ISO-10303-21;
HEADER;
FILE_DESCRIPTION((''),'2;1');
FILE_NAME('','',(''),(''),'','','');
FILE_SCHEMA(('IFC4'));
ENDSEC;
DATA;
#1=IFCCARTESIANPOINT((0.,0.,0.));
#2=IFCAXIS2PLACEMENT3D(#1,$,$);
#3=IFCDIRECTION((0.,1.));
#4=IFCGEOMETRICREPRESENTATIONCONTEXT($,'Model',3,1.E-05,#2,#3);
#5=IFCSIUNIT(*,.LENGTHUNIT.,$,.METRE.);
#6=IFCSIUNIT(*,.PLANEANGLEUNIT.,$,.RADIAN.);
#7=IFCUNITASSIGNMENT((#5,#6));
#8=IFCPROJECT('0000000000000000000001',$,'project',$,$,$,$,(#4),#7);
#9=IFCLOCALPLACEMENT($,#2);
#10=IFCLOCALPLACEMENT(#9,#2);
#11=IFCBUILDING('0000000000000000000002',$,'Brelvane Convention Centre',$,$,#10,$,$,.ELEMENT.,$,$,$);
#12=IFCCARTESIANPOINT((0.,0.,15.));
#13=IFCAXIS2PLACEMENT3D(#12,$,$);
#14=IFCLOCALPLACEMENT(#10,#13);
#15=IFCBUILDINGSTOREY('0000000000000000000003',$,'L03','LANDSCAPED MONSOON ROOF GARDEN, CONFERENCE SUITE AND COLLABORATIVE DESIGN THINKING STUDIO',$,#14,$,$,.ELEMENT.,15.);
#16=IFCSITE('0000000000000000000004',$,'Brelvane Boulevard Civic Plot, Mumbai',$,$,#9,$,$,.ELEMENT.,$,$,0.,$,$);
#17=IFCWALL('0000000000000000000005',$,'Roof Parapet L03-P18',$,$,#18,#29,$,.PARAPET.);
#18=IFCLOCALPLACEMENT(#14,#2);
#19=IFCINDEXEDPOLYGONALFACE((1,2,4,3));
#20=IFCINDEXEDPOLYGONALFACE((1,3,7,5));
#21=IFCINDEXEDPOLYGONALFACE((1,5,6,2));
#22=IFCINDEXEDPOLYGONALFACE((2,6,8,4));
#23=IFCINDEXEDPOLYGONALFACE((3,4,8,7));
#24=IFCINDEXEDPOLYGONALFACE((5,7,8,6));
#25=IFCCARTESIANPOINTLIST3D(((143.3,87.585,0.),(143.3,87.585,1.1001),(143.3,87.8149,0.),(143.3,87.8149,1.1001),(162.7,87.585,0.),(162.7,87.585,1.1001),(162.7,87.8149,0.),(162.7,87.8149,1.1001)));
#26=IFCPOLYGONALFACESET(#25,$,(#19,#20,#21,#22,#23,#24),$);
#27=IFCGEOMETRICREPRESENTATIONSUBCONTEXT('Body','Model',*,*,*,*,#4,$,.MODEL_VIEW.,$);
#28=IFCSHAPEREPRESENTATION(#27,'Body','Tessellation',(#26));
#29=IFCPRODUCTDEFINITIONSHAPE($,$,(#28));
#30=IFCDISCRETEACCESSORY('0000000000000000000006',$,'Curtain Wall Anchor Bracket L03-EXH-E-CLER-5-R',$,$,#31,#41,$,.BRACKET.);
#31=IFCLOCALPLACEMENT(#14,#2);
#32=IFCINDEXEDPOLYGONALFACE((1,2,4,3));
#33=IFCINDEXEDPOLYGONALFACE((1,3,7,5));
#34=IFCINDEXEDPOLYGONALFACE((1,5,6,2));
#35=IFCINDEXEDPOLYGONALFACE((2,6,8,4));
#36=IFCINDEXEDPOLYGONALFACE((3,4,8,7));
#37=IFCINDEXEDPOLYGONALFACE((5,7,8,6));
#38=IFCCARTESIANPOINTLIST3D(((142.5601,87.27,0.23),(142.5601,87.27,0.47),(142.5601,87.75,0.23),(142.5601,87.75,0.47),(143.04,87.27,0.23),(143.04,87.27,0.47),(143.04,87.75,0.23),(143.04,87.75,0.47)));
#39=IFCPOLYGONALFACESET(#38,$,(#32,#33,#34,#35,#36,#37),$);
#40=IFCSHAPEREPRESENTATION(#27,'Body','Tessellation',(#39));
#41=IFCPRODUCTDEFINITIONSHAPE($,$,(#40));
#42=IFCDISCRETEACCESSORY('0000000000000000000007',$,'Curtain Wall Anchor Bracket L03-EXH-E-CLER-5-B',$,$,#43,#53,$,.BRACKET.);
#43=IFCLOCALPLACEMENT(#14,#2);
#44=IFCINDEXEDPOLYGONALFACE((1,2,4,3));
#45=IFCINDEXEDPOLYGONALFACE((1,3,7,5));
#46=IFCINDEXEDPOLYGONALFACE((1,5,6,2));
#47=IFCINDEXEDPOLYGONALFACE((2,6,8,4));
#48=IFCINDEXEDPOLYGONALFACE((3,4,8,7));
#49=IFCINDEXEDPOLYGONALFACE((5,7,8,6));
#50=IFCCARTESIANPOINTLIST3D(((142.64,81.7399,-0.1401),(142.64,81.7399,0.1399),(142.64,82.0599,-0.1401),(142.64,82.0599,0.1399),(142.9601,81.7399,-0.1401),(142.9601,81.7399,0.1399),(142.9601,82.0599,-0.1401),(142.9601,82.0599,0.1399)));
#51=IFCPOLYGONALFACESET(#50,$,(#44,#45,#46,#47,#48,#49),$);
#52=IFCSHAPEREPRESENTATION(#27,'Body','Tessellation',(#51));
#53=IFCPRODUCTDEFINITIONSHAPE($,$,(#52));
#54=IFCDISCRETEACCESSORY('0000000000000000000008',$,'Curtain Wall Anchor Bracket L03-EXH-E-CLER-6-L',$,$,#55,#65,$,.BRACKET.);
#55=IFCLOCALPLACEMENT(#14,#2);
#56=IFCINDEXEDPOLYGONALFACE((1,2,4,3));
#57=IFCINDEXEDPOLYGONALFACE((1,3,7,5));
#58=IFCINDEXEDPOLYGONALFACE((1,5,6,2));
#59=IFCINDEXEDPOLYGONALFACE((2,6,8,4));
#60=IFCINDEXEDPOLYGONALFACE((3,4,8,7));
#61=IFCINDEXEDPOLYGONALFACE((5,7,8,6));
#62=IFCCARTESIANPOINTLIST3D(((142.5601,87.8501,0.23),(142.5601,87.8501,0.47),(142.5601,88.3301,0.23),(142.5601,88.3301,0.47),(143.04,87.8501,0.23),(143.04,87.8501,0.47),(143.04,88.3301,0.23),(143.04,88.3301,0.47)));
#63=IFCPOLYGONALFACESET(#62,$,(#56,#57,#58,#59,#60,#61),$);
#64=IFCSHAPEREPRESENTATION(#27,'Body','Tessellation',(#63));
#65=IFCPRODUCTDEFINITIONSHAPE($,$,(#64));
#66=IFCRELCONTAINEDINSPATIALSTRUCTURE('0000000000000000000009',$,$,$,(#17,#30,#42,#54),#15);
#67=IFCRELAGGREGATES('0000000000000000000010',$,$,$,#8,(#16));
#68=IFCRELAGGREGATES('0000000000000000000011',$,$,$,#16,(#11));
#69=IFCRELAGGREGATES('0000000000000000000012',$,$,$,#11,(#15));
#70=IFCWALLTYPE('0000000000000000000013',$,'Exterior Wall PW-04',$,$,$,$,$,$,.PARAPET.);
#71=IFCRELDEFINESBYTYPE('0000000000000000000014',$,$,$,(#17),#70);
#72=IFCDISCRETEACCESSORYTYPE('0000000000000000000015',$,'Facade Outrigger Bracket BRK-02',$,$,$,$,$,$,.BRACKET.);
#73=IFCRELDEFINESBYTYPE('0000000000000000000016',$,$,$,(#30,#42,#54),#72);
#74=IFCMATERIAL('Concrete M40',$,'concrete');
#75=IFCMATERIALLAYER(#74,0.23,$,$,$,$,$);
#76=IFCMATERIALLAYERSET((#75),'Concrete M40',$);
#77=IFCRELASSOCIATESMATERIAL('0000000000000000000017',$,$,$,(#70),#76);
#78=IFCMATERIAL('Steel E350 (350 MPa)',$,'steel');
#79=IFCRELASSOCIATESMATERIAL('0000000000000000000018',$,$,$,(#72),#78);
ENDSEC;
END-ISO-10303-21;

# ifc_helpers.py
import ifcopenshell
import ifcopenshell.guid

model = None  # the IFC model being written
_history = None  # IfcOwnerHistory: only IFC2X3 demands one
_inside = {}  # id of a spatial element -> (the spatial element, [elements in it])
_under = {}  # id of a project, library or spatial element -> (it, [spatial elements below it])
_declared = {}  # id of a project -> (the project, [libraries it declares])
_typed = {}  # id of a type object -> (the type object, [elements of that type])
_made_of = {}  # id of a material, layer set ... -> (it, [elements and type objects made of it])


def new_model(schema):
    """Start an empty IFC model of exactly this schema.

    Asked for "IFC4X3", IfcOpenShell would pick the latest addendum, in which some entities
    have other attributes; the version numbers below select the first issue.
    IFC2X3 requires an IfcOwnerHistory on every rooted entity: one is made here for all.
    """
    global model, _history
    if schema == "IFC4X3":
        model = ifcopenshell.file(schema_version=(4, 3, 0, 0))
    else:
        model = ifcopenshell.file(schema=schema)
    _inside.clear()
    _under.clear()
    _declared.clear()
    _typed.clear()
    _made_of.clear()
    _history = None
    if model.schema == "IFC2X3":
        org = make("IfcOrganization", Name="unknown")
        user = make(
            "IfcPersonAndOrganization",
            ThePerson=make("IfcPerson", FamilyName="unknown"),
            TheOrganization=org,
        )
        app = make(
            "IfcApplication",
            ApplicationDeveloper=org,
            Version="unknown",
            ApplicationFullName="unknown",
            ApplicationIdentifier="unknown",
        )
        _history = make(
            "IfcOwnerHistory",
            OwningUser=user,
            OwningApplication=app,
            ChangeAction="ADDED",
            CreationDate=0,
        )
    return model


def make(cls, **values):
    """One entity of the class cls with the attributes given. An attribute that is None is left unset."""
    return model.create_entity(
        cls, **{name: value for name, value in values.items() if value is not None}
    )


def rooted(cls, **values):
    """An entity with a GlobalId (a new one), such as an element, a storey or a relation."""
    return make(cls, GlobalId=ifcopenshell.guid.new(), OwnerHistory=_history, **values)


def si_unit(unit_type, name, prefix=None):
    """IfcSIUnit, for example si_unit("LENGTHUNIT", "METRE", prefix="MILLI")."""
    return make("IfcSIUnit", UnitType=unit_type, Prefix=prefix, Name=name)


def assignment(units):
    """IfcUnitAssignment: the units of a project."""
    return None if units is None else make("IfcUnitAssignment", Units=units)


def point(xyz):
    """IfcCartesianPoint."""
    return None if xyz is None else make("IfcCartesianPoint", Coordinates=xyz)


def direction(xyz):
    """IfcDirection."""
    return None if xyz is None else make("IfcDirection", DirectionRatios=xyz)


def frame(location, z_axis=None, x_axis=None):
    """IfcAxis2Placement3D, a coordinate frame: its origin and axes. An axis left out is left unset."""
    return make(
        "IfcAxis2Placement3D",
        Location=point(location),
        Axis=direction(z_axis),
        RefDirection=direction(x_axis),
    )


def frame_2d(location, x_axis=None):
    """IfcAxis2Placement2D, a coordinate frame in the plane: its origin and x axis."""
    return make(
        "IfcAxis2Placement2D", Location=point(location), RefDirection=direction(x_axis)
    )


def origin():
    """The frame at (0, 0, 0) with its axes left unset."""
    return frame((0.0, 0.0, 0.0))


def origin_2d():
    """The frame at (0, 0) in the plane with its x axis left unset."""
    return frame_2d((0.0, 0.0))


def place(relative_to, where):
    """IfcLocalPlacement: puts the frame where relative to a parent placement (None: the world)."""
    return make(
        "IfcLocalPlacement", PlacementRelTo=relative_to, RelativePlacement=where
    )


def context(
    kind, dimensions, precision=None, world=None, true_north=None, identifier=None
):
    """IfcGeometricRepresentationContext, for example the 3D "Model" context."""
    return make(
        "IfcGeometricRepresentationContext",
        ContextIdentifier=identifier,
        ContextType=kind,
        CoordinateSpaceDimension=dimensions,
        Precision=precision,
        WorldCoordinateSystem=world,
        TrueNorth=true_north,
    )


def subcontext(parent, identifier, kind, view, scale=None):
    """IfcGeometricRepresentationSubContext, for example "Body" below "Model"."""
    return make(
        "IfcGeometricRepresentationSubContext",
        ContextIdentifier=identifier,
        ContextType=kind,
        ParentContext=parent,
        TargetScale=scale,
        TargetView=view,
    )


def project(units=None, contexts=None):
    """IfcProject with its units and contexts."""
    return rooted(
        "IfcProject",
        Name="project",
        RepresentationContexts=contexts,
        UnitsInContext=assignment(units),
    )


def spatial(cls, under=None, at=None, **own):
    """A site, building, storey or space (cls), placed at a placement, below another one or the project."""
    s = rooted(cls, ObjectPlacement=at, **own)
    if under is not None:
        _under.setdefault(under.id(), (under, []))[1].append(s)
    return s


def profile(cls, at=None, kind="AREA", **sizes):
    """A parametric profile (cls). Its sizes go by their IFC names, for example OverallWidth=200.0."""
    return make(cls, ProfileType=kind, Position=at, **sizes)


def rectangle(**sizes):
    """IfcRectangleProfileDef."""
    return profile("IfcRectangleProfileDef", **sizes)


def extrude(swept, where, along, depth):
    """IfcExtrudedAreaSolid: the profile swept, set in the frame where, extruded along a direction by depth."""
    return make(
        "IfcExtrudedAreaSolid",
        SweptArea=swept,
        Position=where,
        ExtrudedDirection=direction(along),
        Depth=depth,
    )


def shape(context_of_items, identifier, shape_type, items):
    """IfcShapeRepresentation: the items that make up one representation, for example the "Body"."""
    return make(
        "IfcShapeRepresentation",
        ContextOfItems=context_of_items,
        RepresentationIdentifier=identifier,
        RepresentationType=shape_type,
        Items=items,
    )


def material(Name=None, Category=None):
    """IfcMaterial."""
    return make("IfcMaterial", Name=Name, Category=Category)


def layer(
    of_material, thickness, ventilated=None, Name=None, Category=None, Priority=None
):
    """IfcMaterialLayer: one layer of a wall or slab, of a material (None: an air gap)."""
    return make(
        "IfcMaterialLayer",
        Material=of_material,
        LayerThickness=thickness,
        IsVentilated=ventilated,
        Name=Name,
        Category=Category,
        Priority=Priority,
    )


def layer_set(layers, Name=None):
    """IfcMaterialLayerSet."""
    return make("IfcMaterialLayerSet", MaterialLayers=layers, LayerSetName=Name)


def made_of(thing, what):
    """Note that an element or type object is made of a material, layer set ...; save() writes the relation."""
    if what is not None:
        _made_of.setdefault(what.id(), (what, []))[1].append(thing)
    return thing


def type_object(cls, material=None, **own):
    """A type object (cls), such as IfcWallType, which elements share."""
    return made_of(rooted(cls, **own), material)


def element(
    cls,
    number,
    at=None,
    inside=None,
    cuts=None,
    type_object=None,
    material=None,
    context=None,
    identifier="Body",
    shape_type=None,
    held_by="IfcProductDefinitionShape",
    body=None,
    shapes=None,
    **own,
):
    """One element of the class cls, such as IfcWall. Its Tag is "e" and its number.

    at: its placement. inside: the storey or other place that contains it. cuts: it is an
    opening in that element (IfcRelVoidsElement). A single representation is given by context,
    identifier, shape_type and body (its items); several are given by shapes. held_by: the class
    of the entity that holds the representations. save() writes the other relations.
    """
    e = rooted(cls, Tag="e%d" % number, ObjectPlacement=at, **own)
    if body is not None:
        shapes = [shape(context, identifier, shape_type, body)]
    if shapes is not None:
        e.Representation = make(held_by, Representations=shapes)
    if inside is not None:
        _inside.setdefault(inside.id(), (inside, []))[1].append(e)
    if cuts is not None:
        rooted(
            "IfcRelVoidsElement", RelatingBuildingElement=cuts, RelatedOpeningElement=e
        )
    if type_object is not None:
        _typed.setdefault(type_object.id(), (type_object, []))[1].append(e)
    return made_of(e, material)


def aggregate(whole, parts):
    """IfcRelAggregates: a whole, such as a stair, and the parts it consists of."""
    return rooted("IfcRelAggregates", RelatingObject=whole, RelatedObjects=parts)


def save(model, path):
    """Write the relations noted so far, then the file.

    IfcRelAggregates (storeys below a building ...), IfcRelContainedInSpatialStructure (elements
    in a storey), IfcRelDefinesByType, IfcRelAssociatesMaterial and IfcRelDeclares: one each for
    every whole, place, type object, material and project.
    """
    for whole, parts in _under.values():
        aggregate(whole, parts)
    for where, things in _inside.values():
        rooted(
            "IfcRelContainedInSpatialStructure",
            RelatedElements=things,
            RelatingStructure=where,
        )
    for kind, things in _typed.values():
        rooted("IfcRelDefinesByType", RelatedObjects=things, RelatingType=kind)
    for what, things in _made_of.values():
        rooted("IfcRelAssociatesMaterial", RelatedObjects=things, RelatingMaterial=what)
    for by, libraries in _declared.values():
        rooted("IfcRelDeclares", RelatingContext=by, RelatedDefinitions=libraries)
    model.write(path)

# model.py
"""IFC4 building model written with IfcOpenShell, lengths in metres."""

from ifc_helpers import new_model, si_unit, direction, frame, frame_2d, origin, origin_2d, place, context, subcontext, project, spatial, rectangle, extrude, material, layer, layer_set, type_object, element, save


model = new_model("IFC4")

# Units and contexts
model_context = context("Model", 3, precision=1e-05, world=origin(), true_north=direction((0.0, 1.0)))
body_context = subcontext(model_context, "Body", "Model", "MODEL_VIEW")
ifc_project = project(units=[si_unit("LENGTHUNIT", "METRE"), si_unit("PLANEANGLEUNIT", "RADIAN")], contexts=[model_context])

# Site, building, storey
site_placement = place(None, origin())
site = spatial("IfcSite", under=ifc_project, at=site_placement, Name="Brelvane Boulevard Civic Plot, Mumbai", CompositionType="ELEMENT", RefElevation=0.0)
building_placement = place(site_placement, origin())
building = spatial("IfcBuilding", under=site, at=building_placement, Name="Brelvane Convention Centre", CompositionType="ELEMENT")
storey_placement = place(building_placement, frame((0.0, 0.0, 15.0)))
storey = spatial("IfcBuildingStorey", under=building, at=storey_placement, Name="L03", Description="LANDSCAPED MONSOON ROOF GARDEN, CONFERENCE SUITE AND COLLABORATIVE DESIGN THINKING STUDIO", CompositionType="ELEMENT", Elevation=15.0)

# Wall
ifc_material_1 = material(Name="Concrete M40", Category="concrete")
ifc_layer_1 = layer(ifc_material_1, 0.23)
ifc_layer_set_1 = layer_set([ifc_layer_1], Name="Concrete M40")
wall_type = type_object("IfcWallType", Name="Exterior Wall PW-04", PredefinedType="PARAPET", material=ifc_layer_set_1)
wall_placement = place(storey_placement, frame((143.3, 87.7, 0.0), z_axis=(0.0, 0.0, 1.0), x_axis=(1.0, 0.0, 0.0)))
element("IfcWall", 1, at=wall_placement, inside=storey, type_object=wall_type, Name="Roof Parapet L03-P18", PredefinedType="PARAPET", context=body_context, shape_type="SweptSolid", body=[
    extrude(rectangle(XDim=19.3999, YDim=0.23, at=frame_2d((9.7, 0.0))), origin(), (0.0, 0.0, 1.0), 1.1001),
])

# Discrete accessories
ifc_material_2 = material(Name="Steel E350 (350 MPa)", Category="steel")
discrete_accessory_type = type_object("IfcDiscreteAccessoryType", Name="Facade Outrigger Bracket BRK-02", PredefinedType="BRACKET", material=ifc_material_2)
discrete_accessory_1_placement = place(storey_placement, frame((142.8, 87.51, 0.23), z_axis=(0.0, 0.0, 1.0), x_axis=(1.0, 0.0, 0.0)))
element("IfcDiscreteAccessory", 2, at=discrete_accessory_1_placement, inside=storey, type_object=discrete_accessory_type, Name="Curtain Wall Anchor Bracket L03-EXH-E-CLER-5-R", PredefinedType="BRACKET", context=body_context, shape_type="SweptSolid", body=[
    extrude(rectangle(XDim=0.48, YDim=0.48, at=origin_2d()), origin(), (0.0, 0.0, 1.0), 0.24),
])
discrete_accessory_2_placement = place(storey_placement, frame((142.8, 81.8999, -0.1401), z_axis=(0.0, 0.0, 1.0), x_axis=(1.0, 0.0, 0.0)))
element("IfcDiscreteAccessory", 3, at=discrete_accessory_2_placement, inside=storey, type_object=discrete_accessory_type, Name="Curtain Wall Anchor Bracket L03-EXH-E-CLER-5-B", PredefinedType="BRACKET", context=body_context, shape_type="SweptSolid", body=[
    extrude(rectangle(XDim=0.3201, YDim=0.3201, at=origin_2d()), origin(), (0.0, 0.0, 1.0), 0.28),
])
discrete_accessory_3_placement = place(storey_placement, frame((142.8, 88.0901, 0.23), z_axis=(0.0, 0.0, 1.0), x_axis=(1.0, 0.0, 0.0)))
element("IfcDiscreteAccessory", 4, at=discrete_accessory_3_placement, inside=storey, type_object=discrete_accessory_type, Name="Curtain Wall Anchor Bracket L03-EXH-E-CLER-6-L", PredefinedType="BRACKET", context=body_context, shape_type="SweptSolid", body=[
    extrude(rectangle(XDim=0.48, YDim=0.48, at=origin_2d()), origin(), (0.0, 0.0, 1.0), 0.24),
])

save(model, "model.ifc")
